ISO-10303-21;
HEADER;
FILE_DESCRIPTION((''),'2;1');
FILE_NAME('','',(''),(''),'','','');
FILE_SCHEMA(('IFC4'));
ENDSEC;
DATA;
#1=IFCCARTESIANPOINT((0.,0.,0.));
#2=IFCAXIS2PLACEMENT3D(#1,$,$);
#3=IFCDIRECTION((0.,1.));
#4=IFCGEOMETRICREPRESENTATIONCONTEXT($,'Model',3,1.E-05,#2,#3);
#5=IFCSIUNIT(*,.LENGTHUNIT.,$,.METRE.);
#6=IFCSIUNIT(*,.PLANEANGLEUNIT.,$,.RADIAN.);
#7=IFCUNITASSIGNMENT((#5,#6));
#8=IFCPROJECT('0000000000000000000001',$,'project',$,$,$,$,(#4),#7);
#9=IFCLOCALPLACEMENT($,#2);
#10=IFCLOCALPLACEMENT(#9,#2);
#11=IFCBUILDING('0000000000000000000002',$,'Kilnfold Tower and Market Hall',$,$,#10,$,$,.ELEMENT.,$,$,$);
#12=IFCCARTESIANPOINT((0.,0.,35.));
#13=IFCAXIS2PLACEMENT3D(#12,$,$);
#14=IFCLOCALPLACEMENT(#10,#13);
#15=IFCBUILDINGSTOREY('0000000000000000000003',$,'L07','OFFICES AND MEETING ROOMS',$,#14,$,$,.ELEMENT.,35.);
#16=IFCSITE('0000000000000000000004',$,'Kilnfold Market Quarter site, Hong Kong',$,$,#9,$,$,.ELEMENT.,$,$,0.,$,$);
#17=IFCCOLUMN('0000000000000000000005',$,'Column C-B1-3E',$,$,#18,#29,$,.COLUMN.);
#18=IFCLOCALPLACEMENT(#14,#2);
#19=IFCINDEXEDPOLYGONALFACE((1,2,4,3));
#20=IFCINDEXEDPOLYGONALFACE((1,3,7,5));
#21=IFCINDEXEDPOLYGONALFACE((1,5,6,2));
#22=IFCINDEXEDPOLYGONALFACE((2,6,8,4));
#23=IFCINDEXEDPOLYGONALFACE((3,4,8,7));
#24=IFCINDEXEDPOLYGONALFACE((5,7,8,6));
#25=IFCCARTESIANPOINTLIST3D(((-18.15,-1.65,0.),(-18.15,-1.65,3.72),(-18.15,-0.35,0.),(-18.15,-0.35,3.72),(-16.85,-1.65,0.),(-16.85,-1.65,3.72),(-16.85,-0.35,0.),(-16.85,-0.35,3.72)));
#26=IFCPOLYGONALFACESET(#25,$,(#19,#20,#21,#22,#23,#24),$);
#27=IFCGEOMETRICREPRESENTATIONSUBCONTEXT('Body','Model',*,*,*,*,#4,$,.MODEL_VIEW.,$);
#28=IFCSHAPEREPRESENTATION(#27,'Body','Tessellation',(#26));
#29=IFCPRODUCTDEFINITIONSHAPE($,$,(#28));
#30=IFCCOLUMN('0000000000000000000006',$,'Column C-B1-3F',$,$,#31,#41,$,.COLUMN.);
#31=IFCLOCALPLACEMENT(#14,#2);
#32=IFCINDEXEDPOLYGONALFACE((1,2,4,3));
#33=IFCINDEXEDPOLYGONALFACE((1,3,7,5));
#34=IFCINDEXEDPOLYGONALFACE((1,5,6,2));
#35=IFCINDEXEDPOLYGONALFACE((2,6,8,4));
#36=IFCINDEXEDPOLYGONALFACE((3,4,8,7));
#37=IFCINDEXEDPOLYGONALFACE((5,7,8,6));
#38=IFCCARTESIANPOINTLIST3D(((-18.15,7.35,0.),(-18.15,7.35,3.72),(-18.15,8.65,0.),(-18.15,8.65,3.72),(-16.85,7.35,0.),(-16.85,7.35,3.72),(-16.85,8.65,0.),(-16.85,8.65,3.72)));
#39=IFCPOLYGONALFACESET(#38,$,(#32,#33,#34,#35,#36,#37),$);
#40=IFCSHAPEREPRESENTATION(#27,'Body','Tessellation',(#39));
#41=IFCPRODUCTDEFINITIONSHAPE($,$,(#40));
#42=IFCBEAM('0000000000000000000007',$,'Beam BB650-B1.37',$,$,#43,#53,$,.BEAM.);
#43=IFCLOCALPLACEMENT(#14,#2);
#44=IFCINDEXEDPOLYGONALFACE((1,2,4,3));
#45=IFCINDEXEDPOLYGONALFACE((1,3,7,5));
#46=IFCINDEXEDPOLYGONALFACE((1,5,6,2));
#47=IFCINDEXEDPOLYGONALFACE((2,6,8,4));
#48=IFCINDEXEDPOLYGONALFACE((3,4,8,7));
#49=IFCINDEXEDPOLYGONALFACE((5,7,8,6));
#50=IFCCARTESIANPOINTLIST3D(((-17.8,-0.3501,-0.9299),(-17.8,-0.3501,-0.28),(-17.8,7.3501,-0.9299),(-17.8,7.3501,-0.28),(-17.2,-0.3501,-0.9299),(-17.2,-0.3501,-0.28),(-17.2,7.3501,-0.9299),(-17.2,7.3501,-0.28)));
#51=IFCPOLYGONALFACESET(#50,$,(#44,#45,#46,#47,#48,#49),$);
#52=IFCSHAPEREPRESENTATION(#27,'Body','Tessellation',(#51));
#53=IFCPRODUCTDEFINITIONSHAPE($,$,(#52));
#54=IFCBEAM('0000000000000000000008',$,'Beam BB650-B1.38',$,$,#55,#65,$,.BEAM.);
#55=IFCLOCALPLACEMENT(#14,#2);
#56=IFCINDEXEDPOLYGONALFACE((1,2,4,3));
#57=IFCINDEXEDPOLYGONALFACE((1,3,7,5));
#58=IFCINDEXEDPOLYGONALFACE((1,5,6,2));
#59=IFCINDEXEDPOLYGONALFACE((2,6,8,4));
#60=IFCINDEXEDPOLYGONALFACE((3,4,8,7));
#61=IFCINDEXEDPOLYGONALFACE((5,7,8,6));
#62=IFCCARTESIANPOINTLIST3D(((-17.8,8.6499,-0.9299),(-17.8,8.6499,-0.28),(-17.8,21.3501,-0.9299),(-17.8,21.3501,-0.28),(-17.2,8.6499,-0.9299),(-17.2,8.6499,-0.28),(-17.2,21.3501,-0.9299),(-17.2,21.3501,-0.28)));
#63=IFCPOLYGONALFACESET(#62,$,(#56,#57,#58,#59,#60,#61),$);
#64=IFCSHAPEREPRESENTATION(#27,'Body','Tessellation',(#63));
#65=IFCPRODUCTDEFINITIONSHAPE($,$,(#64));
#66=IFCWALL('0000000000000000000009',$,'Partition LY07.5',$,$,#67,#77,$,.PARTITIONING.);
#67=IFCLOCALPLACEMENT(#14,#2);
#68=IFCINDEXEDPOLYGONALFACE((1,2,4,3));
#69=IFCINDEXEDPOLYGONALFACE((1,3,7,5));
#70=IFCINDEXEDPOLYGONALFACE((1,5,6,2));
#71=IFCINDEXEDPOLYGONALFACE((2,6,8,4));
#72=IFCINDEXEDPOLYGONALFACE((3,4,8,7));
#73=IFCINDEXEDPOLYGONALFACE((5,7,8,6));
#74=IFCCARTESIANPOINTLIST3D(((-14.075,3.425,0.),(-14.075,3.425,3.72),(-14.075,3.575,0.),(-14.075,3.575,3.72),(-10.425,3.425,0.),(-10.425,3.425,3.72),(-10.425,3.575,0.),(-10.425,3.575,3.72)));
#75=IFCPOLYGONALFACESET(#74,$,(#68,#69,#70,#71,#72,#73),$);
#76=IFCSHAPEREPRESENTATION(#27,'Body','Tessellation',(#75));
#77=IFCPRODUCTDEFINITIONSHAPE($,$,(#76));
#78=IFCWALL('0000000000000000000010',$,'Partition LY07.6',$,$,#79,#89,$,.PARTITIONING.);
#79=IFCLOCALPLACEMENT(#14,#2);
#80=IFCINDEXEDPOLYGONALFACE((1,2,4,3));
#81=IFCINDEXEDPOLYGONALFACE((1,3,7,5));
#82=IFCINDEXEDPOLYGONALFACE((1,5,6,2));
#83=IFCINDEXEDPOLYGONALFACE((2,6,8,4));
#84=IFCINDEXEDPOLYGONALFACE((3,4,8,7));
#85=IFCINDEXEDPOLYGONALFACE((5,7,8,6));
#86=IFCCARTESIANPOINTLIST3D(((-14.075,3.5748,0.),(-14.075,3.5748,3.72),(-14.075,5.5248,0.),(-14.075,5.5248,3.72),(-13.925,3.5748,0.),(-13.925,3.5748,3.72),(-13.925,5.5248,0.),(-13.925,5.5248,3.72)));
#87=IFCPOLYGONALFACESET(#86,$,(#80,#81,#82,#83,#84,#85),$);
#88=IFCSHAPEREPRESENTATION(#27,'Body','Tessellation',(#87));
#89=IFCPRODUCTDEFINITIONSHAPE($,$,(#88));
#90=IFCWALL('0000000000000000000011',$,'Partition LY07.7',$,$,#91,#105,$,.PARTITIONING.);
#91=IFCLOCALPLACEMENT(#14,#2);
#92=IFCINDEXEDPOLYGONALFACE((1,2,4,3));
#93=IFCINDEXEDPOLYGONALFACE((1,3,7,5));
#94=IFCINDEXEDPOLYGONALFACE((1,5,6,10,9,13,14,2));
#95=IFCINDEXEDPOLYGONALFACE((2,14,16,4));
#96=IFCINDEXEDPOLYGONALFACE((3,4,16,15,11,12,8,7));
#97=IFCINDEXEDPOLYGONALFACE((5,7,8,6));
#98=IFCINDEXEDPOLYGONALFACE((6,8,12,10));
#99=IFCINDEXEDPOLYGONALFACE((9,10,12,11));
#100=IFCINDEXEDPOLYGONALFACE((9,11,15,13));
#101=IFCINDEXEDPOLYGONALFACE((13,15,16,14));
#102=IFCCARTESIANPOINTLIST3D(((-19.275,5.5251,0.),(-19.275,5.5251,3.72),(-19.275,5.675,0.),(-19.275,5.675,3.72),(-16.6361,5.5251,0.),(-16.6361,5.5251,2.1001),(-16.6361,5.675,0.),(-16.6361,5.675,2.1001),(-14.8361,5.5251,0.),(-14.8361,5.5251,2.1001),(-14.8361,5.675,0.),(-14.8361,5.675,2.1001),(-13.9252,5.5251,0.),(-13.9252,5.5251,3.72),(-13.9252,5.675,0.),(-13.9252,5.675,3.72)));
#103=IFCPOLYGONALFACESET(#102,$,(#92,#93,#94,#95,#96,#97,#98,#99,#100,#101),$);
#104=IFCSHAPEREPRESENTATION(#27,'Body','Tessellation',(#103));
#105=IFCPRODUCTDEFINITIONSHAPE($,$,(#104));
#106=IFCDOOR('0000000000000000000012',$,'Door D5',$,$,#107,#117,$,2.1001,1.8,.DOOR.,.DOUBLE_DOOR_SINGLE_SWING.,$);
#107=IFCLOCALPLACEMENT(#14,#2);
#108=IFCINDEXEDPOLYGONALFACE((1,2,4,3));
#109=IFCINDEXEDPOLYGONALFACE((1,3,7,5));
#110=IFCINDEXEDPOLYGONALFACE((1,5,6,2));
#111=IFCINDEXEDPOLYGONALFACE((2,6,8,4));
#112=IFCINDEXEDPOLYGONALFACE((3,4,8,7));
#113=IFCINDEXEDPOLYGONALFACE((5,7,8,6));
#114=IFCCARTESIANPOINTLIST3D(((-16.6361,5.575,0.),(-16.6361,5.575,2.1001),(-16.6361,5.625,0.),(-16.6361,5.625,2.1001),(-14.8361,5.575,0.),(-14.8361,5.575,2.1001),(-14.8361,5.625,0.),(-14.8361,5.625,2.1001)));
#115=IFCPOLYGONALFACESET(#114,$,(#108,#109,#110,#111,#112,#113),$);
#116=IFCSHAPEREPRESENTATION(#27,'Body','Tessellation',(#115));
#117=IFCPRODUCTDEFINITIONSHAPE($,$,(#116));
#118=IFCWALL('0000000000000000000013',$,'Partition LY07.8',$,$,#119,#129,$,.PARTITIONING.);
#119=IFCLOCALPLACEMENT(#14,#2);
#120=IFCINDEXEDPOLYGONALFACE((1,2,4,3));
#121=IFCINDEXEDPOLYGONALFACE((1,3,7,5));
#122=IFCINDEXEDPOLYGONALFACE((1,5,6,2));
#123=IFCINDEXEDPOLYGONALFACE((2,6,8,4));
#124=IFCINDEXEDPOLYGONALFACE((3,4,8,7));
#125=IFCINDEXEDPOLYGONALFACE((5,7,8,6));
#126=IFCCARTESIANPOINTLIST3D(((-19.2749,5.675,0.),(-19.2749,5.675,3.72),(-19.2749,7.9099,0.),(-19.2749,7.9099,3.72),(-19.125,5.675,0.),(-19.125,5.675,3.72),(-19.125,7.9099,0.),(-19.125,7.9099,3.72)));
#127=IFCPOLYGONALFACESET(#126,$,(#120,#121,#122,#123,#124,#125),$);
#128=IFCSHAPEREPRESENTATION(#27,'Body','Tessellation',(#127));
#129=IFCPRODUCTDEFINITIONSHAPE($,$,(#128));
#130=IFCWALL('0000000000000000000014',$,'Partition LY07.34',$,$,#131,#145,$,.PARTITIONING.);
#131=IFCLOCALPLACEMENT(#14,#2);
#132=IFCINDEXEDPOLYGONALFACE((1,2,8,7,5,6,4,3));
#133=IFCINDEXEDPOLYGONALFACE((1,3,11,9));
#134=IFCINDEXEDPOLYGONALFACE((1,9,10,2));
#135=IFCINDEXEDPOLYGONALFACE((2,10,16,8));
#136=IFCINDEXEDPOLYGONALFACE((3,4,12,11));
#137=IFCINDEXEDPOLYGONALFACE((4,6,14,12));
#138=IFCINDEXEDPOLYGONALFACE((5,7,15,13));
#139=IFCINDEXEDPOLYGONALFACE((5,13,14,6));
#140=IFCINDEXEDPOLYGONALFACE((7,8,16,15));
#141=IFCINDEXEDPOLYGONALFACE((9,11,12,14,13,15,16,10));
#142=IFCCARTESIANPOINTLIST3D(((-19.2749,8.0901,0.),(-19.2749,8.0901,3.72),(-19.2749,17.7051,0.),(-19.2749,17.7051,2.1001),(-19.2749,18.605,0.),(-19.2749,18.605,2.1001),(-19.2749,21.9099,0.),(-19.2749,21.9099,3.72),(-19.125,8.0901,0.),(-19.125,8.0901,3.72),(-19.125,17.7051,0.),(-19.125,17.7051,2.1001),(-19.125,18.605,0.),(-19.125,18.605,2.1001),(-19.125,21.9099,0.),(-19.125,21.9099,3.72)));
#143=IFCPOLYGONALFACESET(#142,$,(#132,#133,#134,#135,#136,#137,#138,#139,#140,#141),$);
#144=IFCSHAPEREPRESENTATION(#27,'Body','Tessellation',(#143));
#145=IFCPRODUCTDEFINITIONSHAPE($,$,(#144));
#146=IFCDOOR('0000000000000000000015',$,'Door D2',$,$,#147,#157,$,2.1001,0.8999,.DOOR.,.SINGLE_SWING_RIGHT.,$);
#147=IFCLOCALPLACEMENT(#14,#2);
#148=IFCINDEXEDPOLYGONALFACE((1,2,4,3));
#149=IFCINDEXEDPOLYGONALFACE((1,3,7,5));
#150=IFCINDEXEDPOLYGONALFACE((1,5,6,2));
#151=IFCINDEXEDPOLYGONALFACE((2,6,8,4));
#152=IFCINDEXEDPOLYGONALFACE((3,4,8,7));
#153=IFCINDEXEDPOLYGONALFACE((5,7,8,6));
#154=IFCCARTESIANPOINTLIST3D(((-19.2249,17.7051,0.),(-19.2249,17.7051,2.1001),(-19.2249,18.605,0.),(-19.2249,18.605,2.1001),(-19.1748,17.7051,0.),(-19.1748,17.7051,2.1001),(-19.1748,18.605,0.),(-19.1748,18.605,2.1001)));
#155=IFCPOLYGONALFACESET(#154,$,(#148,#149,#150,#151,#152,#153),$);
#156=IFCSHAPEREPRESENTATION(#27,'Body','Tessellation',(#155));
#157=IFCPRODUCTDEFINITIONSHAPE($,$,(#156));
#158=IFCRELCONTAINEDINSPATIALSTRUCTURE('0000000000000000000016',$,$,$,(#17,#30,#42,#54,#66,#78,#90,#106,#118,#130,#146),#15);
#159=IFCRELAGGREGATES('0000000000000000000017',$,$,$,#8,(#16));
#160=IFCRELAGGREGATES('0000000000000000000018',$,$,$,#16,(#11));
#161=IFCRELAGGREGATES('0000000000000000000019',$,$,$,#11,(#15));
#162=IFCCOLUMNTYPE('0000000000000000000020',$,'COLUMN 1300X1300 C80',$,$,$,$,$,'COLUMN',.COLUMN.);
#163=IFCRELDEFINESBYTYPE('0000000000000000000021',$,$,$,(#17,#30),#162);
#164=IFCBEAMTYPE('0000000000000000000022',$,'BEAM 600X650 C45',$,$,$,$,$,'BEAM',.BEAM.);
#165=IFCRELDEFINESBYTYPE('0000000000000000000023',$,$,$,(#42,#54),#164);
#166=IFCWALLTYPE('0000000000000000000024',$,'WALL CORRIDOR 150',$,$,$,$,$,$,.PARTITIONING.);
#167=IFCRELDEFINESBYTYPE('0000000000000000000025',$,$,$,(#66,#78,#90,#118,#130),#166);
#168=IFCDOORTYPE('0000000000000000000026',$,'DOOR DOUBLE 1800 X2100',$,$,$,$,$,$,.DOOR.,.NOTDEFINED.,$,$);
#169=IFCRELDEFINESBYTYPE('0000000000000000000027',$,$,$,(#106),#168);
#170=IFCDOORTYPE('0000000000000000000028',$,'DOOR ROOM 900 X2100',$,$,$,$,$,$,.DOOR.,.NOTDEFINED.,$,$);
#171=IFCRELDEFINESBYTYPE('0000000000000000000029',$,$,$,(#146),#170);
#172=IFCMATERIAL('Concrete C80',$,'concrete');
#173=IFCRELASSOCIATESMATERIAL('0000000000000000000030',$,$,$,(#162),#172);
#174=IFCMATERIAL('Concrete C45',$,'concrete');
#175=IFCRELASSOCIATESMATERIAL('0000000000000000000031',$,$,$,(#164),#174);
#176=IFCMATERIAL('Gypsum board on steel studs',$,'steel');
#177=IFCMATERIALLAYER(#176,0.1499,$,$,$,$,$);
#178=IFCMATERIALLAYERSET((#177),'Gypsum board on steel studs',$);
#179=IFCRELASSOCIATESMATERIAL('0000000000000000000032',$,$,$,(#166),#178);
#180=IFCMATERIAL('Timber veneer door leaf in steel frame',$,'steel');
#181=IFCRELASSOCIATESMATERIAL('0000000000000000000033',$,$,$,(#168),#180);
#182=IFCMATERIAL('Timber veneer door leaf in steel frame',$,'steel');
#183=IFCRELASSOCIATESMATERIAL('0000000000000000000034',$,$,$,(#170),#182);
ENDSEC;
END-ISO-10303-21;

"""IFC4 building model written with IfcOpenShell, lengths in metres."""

from ifc_helpers import new_model, si_unit, direction, frame, frame_2d, origin, origin_2d, place, context, subcontext, project, spatial, rectangle, extrude, source, transform, mapped, material, layer, layer_set, material_profile, profile_set, type_object, element, fill, save


model = new_model("IFC4")

# Units and contexts
model_context = context("Model", 3, precision=1e-05, world=origin(), true_north=direction((0.0, 1.0)))
body_context = subcontext(model_context, "Body", "Model", "MODEL_VIEW")
ifc_project = project(units=[si_unit("LENGTHUNIT", "METRE"), si_unit("PLANEANGLEUNIT", "RADIAN")], contexts=[model_context])

# Site, building, storey
site_placement = place(None, origin())
site = spatial("IfcSite", under=ifc_project, at=site_placement, Name="Kilnfold Market Quarter site, Hong Kong", CompositionType="ELEMENT", RefElevation=0.0)
building_placement = place(site_placement, origin())
building = spatial("IfcBuilding", under=site, at=building_placement, Name="Kilnfold Tower and Market Hall", CompositionType="ELEMENT")
storey_placement = place(building_placement, frame((0.0, 0.0, 35.0)))
storey = spatial("IfcBuildingStorey", under=building, at=storey_placement, Name="L07", Description="OFFICES AND MEETING ROOMS", CompositionType="ELEMENT", Elevation=35.0)

# Columns
ifc_material_1 = material(Name="Concrete C80", Category="concrete")
ifc_material_profile_1 = material_profile(ifc_material_1, rectangle(XDim=1.3, YDim=1.3, at=origin_2d()), Name="RC 1300x1300")
ifc_profile_set_1 = profile_set([ifc_material_profile_1], Name="Concrete C80")
column_type = type_object("IfcColumnType", Name="COLUMN 1300X1300 C80", ElementType="COLUMN", PredefinedType="COLUMN", material=ifc_profile_set_1)
shared_shape_1 = source(origin(), body_context, "Body", "SweptSolid", [
    extrude(rectangle(XDim=1.3, YDim=1.3, at=origin_2d()), origin(), (0.0, 0.0, 1.0), 3.72),
])
for number, where, z_axis, x_axis, name in (
    (1, (-17.5, -1.0, 0.0), (0.0, 0.0, 1.0), (1.0, 0.0, 0.0), "Column C-B1-3E"),
    (2, (-17.5, 8.0, 0.0), (0.0, 0.0, 1.0), (1.0, 0.0, 0.0), "Column C-B1-3F"),
):
    element("IfcColumn", number, at=place(storey_placement, frame(where, z_axis=z_axis, x_axis=x_axis)), inside=storey, type_object=column_type, Name=name, PredefinedType="COLUMN", context=body_context, shape_type="MappedRepresentation", body=[
        mapped(shared_shape_1, transform((0.0, 0.0, 0.0))),
    ])

# Beams
ifc_material_2 = material(Name="Concrete C45", Category="concrete")
ifc_material_profile_2 = material_profile(ifc_material_2, rectangle(XDim=0.6001, YDim=0.6499, at=origin_2d()), Name="RC 600x650")
ifc_profile_set_2 = profile_set([ifc_material_profile_2], Name="Concrete C45")
beam_type = type_object("IfcBeamType", Name="BEAM 600X650 C45", ElementType="BEAM", PredefinedType="BEAM", material=ifc_profile_set_2)
shared_shape_2 = source(origin(), body_context, "Body", "SweptSolid", [
    extrude(rectangle(XDim=0.6001, YDim=0.6499, at=origin_2d()), origin(), (0.0, 0.0, 1.0), 7.7002),
])
beam_1_placement = place(storey_placement, frame((-17.5, -0.3501, -0.605), z_axis=(0.0, 1.0, 0.0), x_axis=(-1.0, 0.0, 0.0)))
element("IfcBeam", 3, at=beam_1_placement, inside=storey, type_object=beam_type, Name="Beam BB650-B1.37", PredefinedType="BEAM", context=body_context, shape_type="MappedRepresentation", body=[
    mapped(shared_shape_2, transform((0.0, 0.0, 0.0))),
])
shared_shape_3 = source(origin(), body_context, "Body", "SweptSolid", [
    extrude(rectangle(XDim=0.6001, YDim=0.6499, at=origin_2d()), origin(), (0.0, 0.0, 1.0), 12.7002),
])
beam_2_placement = place(storey_placement, frame((-17.5, 8.6499, -0.605), z_axis=(0.0, 1.0, 0.0), x_axis=(-1.0, 0.0, 0.0)))
element("IfcBeam", 4, at=beam_2_placement, inside=storey, type_object=beam_type, Name="Beam BB650-B1.38", PredefinedType="BEAM", context=body_context, shape_type="MappedRepresentation", body=[
    mapped(shared_shape_3, transform((0.0, 0.0, 0.0))),
])

# Walls
ifc_material_3 = material(Name="Gypsum board on steel studs", Category="steel")
ifc_layer_1 = layer(ifc_material_3, 0.1499)
ifc_layer_set_1 = layer_set([ifc_layer_1], Name="Gypsum board on steel studs")
wall_type_1 = type_object("IfcWallType", Name="WALL CORRIDOR 150", PredefinedType="PARTITIONING", material=ifc_layer_set_1)
wall_1_placement = place(storey_placement, frame((-14.075, 3.5, 0.0), z_axis=(0.0, 0.0, 1.0), x_axis=(1.0, 0.0, 0.0)))
element("IfcWall", 5, at=wall_1_placement, inside=storey, type_object=wall_type_1, Name="Partition LY07.5", PredefinedType="PARTITIONING", context=body_context, shape_type="SweptSolid", body=[
    extrude(rectangle(XDim=3.6499, YDim=0.1499, at=frame_2d((1.825, 0.0))), origin(), (0.0, 0.0, 1.0), 3.72),
])
wall_2_placement = place(storey_placement, frame((-14.0, 5.5249, 0.0), z_axis=(0.0, 0.0, 1.0), x_axis=(0.0, -1.0, 0.0)))
element("IfcWall", 6, at=wall_2_placement, inside=storey, type_object=wall_type_1, Name="Partition LY07.6", PredefinedType="PARTITIONING", context=body_context, shape_type="SweptSolid", body=[
    extrude(rectangle(XDim=1.95, YDim=0.1499, at=frame_2d((0.9751, 0.0))), origin(), (0.0, 0.0, 1.0), 3.72),
])

# Wall, opening, door
wall_3_placement = place(storey_placement, frame((-19.2749, 5.6001, 0.0), z_axis=(0.0, 0.0, 1.0), x_axis=(1.0, 0.0, 0.0)))
wall_3 = element("IfcWall", 7, at=wall_3_placement, inside=storey, type_object=wall_type_1, Name="Partition LY07.7", PredefinedType="PARTITIONING", context=body_context, shape_type="SweptSolid", body=[
    extrude(rectangle(XDim=5.3499, YDim=0.1499, at=frame_2d((2.6748, 0.0))), origin(), (0.0, 0.0, 1.0), 3.72),
])
opening_1_placement = place(wall_3_placement, frame((2.6389, 0.0, 0.0)))
opening_1 = element("IfcOpeningElement", 8, at=opening_1_placement, cuts=wall_3, PredefinedType="OPENING", context=body_context, shape_type="SweptSolid", body=[
    extrude(rectangle(XDim=1.8, YDim=2.1001, at=frame_2d((0.8999, 1.05))), frame((0.0, 0.085, 0.0), z_axis=(0.0, -1.0, 0.0), x_axis=(1.0, 0.0, 0.0)), (0.0, 0.0, 1.0), 0.1699),
])
ifc_material_4 = material(Name="Timber veneer door leaf in steel frame", Category="steel")
door_type_1 = type_object("IfcDoorType", Name="DOOR DOUBLE 1800 X2100", OperationType="NOTDEFINED", PredefinedType="DOOR", material=ifc_material_4)
door_1_placement = place(opening_1_placement, origin())
door_1 = element("IfcDoor", 9, at=door_1_placement, inside=storey, type_object=door_type_1, Name="Door D5", OperationType="DOUBLE_DOOR_SINGLE_SWING", OverallHeight=2.1001, OverallWidth=1.8, PredefinedType="DOOR", context=body_context, shape_type="SweptSolid", body=[
    extrude(rectangle(XDim=1.8, YDim=2.1001, at=frame_2d((0.8999, 1.05))), frame((0.0, 0.0249, 0.0), z_axis=(0.0, -1.0, 0.0), x_axis=(1.0, 0.0, 0.0)), (0.0, 0.0, 1.0), 0.05),
])
fill(opening_1, door_1)

# Wall
wall_4_placement = place(storey_placement, frame((-19.2, 5.675, 0.0), z_axis=(0.0, 0.0, 1.0), x_axis=(0.0, 1.0, 0.0)))
element("IfcWall", 10, at=wall_4_placement, inside=storey, type_object=wall_type_1, Name="Partition LY07.8", PredefinedType="PARTITIONING", context=body_context, shape_type="SweptSolid", body=[
    extrude(rectangle(XDim=2.2349, YDim=0.1499, at=frame_2d((1.1174, 0.0))), origin(), (0.0, 0.0, 1.0), 3.72),
])

# Wall, opening, door
wall_5_placement = place(storey_placement, frame((-19.2, 8.0901, 0.0), z_axis=(0.0, 0.0, 1.0), x_axis=(0.0, 1.0, 0.0)))
wall_5 = element("IfcWall", 11, at=wall_5_placement, inside=storey, type_object=wall_type_1, Name="Partition LY07.34", PredefinedType="PARTITIONING", context=body_context, shape_type="SweptSolid", body=[
    extrude(rectangle(XDim=13.8198, YDim=0.1499, at=frame_2d((6.9099, 0.0))), origin(), (0.0, 0.0, 1.0), 3.72),
])
opening_2_placement = place(wall_5_placement, frame((9.615, 0.0, 0.0)))
opening_2 = element("IfcOpeningElement", 12, at=opening_2_placement, cuts=wall_5, PredefinedType="OPENING", context=body_context, shape_type="SweptSolid", body=[
    extrude(rectangle(XDim=0.8999, YDim=2.1001, at=frame_2d((0.45, 1.05))), frame((0.0, 0.085, 0.0), z_axis=(0.0, -1.0, 0.0), x_axis=(1.0, 0.0, 0.0)), (0.0, 0.0, 1.0), 0.1699),
])
ifc_material_5 = material(Name="Timber veneer door leaf in steel frame", Category="steel")
door_type_2 = type_object("IfcDoorType", Name="DOOR ROOM 900 X2100", OperationType="NOTDEFINED", PredefinedType="DOOR", material=ifc_material_5)
door_2_placement = place(opening_2_placement, origin())
door_2 = element("IfcDoor", 13, at=door_2_placement, inside=storey, type_object=door_type_2, Name="Door D2", OperationType="SINGLE_SWING_RIGHT", OverallHeight=2.1001, OverallWidth=0.8999, PredefinedType="DOOR", context=body_context, shape_type="SweptSolid", body=[
    extrude(rectangle(XDim=0.8999, YDim=2.1001, at=frame_2d((0.45, 1.05))), frame((0.0, 0.0249, 0.0), z_axis=(0.0, -1.0, 0.0), x_axis=(1.0, 0.0, 0.0)), (0.0, 0.0, 1.0), 0.05),
])
fill(opening_2, door_2)

save(model, "model.ifc")
